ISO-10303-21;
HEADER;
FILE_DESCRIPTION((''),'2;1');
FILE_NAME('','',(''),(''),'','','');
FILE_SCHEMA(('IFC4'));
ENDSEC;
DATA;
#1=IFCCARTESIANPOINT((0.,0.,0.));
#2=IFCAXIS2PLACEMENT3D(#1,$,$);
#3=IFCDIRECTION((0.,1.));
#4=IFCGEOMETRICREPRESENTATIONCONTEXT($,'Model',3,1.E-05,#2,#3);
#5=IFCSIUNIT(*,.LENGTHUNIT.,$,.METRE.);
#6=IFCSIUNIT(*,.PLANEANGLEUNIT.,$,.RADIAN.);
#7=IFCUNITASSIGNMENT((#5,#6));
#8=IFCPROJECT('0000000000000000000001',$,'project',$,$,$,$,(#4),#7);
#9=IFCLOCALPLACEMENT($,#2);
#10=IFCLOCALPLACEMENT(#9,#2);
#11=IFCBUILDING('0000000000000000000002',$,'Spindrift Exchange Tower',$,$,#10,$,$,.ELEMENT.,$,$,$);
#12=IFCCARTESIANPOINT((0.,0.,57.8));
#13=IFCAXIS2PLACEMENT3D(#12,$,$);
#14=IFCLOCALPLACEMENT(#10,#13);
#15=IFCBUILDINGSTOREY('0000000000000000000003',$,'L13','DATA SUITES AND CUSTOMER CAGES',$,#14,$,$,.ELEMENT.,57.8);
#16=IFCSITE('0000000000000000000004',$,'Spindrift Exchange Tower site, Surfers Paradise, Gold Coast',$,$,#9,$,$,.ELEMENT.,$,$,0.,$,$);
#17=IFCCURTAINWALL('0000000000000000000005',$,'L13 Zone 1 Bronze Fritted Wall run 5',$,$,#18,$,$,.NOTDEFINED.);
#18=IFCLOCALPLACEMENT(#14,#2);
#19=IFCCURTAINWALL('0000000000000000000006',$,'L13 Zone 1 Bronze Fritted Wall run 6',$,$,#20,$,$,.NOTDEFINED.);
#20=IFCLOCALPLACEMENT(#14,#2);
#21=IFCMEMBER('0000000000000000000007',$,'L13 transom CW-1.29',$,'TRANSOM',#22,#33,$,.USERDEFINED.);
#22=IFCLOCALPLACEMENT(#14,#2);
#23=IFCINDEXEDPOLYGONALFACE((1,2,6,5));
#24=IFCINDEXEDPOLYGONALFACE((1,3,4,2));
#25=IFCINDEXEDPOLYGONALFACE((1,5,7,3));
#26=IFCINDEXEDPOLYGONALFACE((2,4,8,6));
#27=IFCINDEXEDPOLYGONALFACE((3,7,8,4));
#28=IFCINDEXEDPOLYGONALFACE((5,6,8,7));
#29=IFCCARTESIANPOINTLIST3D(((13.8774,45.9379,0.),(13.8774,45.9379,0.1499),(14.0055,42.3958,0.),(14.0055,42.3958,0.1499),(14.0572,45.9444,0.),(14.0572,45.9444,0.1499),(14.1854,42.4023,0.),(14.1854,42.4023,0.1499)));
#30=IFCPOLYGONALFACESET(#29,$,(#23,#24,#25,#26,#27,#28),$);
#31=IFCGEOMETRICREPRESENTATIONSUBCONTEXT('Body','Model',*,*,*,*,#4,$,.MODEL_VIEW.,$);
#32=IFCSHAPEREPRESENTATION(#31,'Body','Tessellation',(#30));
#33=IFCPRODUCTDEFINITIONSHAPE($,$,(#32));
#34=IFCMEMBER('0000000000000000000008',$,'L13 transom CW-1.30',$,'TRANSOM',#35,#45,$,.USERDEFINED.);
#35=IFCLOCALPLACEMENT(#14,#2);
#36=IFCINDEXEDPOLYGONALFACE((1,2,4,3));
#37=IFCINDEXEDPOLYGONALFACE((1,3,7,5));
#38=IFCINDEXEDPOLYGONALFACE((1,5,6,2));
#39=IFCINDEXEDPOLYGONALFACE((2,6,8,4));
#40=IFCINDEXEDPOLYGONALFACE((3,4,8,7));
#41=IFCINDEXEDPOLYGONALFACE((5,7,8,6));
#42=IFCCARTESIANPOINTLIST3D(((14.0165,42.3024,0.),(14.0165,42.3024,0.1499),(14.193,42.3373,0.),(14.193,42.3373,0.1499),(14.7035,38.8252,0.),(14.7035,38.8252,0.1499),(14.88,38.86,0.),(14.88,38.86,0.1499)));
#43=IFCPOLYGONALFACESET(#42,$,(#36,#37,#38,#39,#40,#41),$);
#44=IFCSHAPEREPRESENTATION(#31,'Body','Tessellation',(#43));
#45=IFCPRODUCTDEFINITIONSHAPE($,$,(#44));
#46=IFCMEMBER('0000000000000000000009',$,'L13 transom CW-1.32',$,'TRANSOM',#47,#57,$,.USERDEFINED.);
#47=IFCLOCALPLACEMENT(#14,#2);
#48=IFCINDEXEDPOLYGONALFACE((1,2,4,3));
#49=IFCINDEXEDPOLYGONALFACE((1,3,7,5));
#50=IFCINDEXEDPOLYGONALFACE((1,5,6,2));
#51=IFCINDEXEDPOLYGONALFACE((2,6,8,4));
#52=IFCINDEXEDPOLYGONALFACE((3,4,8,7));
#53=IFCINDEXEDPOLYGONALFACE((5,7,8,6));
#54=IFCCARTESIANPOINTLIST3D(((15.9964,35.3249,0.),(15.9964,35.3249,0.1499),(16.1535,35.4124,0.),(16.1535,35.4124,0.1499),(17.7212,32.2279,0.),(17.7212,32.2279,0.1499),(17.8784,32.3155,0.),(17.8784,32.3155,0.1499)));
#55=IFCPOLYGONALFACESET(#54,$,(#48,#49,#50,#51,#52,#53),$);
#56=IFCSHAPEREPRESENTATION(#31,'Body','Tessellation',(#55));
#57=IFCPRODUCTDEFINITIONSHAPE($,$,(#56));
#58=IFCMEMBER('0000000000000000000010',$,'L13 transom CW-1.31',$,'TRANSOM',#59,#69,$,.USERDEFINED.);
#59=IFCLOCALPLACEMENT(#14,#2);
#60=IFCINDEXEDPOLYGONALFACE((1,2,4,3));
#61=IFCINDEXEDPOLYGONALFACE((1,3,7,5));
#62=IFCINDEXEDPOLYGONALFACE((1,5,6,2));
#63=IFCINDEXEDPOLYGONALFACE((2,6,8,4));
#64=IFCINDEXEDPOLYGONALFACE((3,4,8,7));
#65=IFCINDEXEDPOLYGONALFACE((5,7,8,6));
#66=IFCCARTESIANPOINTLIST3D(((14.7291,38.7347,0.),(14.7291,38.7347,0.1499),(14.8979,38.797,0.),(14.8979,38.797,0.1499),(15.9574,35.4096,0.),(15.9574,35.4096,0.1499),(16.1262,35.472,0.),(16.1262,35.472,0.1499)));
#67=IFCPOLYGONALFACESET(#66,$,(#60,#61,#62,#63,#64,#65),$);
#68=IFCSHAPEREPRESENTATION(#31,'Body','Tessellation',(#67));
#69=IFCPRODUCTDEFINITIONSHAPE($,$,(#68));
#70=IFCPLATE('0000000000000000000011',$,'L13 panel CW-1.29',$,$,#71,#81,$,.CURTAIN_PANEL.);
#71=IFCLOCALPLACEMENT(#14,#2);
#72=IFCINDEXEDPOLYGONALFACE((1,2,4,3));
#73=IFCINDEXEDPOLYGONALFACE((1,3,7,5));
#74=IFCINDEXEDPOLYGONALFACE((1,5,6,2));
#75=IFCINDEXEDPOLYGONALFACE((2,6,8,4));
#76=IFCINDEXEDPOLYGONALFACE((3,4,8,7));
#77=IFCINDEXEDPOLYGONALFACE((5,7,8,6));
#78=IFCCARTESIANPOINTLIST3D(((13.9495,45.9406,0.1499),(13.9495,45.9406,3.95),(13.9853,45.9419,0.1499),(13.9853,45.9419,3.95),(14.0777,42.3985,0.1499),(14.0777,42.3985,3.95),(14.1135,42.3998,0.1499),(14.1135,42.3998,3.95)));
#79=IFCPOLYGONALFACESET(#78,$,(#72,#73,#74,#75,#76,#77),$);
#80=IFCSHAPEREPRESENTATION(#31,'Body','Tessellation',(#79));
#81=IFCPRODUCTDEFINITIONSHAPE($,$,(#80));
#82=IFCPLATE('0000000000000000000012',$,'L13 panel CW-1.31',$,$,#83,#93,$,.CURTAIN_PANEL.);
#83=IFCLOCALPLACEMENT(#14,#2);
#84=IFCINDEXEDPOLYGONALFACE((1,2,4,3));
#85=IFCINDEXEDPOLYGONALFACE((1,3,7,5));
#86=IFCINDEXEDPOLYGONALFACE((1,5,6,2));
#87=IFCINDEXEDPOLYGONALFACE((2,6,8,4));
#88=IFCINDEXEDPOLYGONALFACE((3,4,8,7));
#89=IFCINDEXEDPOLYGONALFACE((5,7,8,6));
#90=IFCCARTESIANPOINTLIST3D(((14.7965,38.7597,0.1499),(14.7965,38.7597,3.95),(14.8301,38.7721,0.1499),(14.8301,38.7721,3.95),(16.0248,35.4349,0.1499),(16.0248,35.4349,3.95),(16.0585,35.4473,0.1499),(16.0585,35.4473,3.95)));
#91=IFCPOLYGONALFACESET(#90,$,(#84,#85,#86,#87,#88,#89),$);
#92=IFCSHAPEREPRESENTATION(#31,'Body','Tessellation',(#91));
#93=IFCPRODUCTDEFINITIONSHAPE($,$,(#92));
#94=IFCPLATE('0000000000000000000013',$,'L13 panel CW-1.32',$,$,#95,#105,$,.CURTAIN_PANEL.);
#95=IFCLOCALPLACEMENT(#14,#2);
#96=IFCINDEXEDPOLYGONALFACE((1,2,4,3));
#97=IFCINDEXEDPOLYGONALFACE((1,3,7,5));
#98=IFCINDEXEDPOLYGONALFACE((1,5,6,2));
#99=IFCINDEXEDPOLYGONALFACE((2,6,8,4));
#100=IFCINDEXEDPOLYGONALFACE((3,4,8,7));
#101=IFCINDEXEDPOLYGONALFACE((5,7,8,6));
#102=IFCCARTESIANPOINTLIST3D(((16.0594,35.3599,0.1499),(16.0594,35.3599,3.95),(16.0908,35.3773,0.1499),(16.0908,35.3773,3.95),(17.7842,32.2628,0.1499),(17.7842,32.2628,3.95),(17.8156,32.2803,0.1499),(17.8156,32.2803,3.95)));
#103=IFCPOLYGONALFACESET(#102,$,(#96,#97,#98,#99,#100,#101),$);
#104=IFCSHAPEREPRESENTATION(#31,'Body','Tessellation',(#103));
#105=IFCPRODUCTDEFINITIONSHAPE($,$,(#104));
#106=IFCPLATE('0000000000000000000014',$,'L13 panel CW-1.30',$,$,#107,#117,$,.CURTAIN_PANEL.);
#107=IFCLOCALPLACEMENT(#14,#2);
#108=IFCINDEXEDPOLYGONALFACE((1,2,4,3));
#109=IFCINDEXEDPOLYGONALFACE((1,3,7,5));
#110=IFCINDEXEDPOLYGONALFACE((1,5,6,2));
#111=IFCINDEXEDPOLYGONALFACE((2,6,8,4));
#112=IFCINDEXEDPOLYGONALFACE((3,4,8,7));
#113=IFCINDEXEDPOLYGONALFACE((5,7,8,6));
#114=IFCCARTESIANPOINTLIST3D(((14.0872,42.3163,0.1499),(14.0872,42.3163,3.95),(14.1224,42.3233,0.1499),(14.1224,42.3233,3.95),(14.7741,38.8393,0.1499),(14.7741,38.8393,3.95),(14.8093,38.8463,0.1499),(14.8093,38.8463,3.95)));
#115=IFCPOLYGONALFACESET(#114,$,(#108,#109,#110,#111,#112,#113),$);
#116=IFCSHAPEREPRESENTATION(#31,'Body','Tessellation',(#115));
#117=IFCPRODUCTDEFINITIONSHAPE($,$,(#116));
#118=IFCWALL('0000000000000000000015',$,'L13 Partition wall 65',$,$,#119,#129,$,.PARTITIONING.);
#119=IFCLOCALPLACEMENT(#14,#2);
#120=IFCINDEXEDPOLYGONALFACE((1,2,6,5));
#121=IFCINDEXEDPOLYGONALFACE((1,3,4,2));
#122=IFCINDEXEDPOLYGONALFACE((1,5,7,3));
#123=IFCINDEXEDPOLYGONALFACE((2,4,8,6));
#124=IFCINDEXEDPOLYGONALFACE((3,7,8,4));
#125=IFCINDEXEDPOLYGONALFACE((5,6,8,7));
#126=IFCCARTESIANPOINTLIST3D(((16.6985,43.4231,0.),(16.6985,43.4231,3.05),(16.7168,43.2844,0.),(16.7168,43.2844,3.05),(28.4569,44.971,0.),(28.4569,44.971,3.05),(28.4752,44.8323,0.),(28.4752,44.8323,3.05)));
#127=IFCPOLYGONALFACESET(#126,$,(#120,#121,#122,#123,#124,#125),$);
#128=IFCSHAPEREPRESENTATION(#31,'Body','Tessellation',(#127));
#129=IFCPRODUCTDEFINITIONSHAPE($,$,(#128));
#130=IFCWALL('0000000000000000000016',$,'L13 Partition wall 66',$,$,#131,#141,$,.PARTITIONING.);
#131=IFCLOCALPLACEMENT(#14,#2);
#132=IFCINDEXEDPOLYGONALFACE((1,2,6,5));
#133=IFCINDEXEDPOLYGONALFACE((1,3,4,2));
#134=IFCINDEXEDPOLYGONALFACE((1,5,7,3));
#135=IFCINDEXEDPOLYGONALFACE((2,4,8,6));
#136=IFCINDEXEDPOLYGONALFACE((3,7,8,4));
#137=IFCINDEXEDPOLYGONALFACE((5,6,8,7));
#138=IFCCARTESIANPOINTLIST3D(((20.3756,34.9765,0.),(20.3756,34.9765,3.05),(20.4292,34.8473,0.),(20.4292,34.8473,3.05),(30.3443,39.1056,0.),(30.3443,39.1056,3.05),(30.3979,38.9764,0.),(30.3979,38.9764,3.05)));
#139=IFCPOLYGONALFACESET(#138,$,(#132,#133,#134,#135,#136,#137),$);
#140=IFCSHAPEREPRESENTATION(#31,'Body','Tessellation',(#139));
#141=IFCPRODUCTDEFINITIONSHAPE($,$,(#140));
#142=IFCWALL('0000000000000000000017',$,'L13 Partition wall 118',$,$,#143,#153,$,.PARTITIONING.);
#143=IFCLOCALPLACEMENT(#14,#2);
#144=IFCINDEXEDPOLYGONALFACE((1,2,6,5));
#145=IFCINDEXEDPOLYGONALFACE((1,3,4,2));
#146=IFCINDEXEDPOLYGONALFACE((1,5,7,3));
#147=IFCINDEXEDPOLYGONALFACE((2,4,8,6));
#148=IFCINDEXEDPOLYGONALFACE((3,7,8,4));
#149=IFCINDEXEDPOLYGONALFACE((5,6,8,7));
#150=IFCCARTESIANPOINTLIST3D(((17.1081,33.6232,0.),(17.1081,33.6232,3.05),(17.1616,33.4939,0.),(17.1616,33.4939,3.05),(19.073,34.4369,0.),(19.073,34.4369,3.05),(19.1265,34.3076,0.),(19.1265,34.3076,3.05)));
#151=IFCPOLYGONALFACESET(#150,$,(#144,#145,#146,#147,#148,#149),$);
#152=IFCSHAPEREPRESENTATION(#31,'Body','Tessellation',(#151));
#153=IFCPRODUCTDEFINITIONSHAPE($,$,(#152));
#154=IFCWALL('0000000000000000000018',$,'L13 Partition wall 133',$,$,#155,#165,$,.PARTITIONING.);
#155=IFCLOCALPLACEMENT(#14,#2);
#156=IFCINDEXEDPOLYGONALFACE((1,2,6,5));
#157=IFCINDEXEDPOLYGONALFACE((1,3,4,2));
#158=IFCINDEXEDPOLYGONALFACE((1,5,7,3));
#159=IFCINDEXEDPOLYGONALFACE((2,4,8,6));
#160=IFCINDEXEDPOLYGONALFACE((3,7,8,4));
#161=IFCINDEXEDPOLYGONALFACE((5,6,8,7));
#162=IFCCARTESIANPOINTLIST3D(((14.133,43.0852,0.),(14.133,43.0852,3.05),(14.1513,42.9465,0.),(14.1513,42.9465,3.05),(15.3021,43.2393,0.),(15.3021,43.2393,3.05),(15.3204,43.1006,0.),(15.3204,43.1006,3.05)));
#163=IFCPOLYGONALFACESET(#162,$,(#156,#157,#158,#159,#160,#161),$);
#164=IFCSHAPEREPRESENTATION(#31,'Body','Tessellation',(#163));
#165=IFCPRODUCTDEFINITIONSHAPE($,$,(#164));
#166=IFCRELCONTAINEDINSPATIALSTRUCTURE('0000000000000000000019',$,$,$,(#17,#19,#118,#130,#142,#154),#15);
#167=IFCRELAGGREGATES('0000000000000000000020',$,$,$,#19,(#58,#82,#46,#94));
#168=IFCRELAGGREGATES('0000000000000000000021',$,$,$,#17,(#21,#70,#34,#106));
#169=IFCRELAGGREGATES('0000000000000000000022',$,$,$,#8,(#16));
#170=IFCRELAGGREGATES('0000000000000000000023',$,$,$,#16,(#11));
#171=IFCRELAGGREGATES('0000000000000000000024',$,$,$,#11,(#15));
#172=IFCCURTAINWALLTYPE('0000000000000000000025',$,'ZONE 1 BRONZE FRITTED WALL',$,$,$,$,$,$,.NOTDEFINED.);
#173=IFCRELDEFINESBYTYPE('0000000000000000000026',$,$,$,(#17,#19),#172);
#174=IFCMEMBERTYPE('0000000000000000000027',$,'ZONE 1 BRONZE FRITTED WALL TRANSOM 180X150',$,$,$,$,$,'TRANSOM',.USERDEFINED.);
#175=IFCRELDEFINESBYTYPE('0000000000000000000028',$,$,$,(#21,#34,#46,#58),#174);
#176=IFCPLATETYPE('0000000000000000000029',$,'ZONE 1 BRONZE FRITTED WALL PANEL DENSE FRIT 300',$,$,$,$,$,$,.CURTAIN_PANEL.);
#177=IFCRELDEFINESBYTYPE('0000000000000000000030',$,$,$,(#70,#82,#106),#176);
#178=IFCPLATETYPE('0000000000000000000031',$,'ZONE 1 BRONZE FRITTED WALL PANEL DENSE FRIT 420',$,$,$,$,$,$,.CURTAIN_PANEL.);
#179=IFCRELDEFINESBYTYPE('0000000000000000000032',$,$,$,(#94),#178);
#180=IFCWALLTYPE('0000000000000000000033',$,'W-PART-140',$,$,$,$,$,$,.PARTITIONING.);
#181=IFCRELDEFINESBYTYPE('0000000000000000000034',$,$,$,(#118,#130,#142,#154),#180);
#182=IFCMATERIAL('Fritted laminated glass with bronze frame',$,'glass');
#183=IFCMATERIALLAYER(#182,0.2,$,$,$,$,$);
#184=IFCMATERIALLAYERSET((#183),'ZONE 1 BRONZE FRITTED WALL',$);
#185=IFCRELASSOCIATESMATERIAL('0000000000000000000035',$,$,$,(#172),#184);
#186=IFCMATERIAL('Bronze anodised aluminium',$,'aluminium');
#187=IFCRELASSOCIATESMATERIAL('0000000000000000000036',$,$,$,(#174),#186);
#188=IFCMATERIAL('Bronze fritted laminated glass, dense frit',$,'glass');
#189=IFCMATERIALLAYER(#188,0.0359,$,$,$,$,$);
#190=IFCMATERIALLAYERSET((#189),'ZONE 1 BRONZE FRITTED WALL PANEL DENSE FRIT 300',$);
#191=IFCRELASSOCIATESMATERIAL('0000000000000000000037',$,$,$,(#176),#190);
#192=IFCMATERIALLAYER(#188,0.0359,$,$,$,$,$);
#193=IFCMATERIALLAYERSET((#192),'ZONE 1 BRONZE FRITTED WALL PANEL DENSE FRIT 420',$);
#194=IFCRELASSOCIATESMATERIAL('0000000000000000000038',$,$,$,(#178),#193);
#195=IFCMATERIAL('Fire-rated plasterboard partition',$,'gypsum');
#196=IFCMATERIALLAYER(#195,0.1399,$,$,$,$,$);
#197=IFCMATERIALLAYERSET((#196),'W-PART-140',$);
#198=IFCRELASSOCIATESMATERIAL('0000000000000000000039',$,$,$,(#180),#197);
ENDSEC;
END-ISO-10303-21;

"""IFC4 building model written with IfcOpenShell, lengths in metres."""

from ifc_helpers import new_model, si_unit, direction, frame, frame_2d, origin, origin_2d, place, context, subcontext, project, spatial, rectangle, extrude, source, transform, mapped, material, layer, layer_set, material_profile, profile_set, type_object, element, aggregate, save


model = new_model("IFC4")

# Units and contexts
model_context = context("Model", 3, precision=1e-05, world=origin(), true_north=direction((0.0, 1.0)))
body_context = subcontext(model_context, "Body", "Model", "MODEL_VIEW")
ifc_project = project(units=[si_unit("LENGTHUNIT", "METRE"), si_unit("PLANEANGLEUNIT", "RADIAN")], contexts=[model_context])

# Site, building, storey
site_placement = place(None, origin())
site = spatial("IfcSite", under=ifc_project, at=site_placement, Name="Spindrift Exchange Tower site, Surfers Paradise, Gold Coast", CompositionType="ELEMENT", RefElevation=0.0)
building_placement = place(site_placement, origin())
building = spatial("IfcBuilding", under=site, at=building_placement, Name="Spindrift Exchange Tower", CompositionType="ELEMENT")
storey_placement = place(building_placement, frame((0.0, 0.0, 57.8)))
storey = spatial("IfcBuildingStorey", under=building, at=storey_placement, Name="L13", Description="DATA SUITES AND CUSTOMER CAGES", CompositionType="ELEMENT", Elevation=57.8)

# Curtain wall
ifc_material_1 = material(Name="Fritted laminated glass with bronze frame", Category="glass")
ifc_layer_1 = layer(ifc_material_1, 0.2)
ifc_layer_set_1 = layer_set([ifc_layer_1], Name="ZONE 1 BRONZE FRITTED WALL")
curtain_wall_type = type_object("IfcCurtainWallType", Name="ZONE 1 BRONZE FRITTED WALL", PredefinedType="NOTDEFINED", material=ifc_layer_set_1)
curtain_wall_1_placement = place(storey_placement, origin())
curtain_wall_1 = element("IfcCurtainWall", 1, at=curtain_wall_1_placement, inside=storey, type_object=curtain_wall_type, Name="L13 Zone 1 Bronze Fritted Wall run 5", PredefinedType="NOTDEFINED")
ifc_material_2 = material(Name="Bronze anodised aluminium", Category="aluminium")

# Curtain wall
curtain_wall_2_placement = place(storey_placement, origin())
curtain_wall_2 = element("IfcCurtainWall", 2, at=curtain_wall_2_placement, inside=storey, type_object=curtain_wall_type, Name="L13 Zone 1 Bronze Fritted Wall run 6", PredefinedType="NOTDEFINED")

# Members
ifc_material_profile_1 = material_profile(ifc_material_2, rectangle(XDim=0.1799, YDim=0.1499, at=origin_2d()), Name="ZONE 1 BRONZE FRITTED WALL TRANSOM 180X150")
ifc_profile_set_1 = profile_set([ifc_material_profile_1], Name="Bronze anodised aluminium")
member_type_1 = type_object("IfcMemberType", Name="ZONE 1 BRONZE FRITTED WALL TRANSOM 180X150", ElementType="TRANSOM", PredefinedType="USERDEFINED", material=ifc_profile_set_1)
shared_shape_1 = source(origin(), body_context, "Body", "SweptSolid", [
    extrude(rectangle(XDim=0.1799, YDim=0.1499, at=origin_2d()), origin(), (0.0, 0.0, 1.0), 3.5444),
])
member_1_placement = place(storey_placement, frame((13.9673, 45.9412, 0.075), z_axis=(0.036161, -0.999346, 0.0), x_axis=(0.999346, 0.036161, 0.0)))
member_1 = element("IfcMember", 3, at=member_1_placement, type_object=member_type_1, Name="L13 transom CW-1.29", ObjectType="TRANSOM", PredefinedType="USERDEFINED", context=body_context, shape_type="MappedRepresentation", body=[
    mapped(shared_shape_1, transform((0.0, 0.0, 0.0), scale=1.0)),
])
member_2_placement = place(storey_placement, frame((14.1047, 42.3198, 0.075), z_axis=(0.193824, -0.981036, 0.0), x_axis=(0.981036, 0.193824, 0.0)))
member_2 = element("IfcMember", 4, at=member_2_placement, type_object=member_type_1, Name="L13 transom CW-1.30", ObjectType="TRANSOM", PredefinedType="USERDEFINED", context=body_context, shape_type="MappedRepresentation", body=[
    mapped(shared_shape_1, transform((0.0, 0.0, 0.0), scale=1.0)),
])
shared_shape_2 = source(origin(), body_context, "Body", "SweptSolid", [
    extrude(rectangle(XDim=0.1799, YDim=0.1499, at=origin_2d()), origin(), (0.0, 0.0, 1.0), 3.5449),
])
member_3_placement = place(storey_placement, frame((16.075, 35.3687, 0.075), z_axis=(0.486578, -0.873637, 0.0), x_axis=(0.873637, 0.486578, 0.0)))
member_3 = element("IfcMember", 5, at=member_3_placement, type_object=member_type_1, Name="L13 transom CW-1.32", ObjectType="TRANSOM", PredefinedType="USERDEFINED", context=body_context, shape_type="MappedRepresentation", body=[
    mapped(shared_shape_2, transform((0.0, 0.0, 0.0), scale=1.0)),
])
shared_shape_3 = source(origin(), body_context, "Body", "SweptSolid", [
    extrude(rectangle(XDim=0.1799, YDim=0.1499, at=origin_2d()), origin(), (0.0, 0.0, 1.0), 3.5447),
])
member_4_placement = place(storey_placement, frame((14.8135, 38.7659, 0.075), z_axis=(0.346522, -0.938042, 0.0), x_axis=(0.938042, 0.346522, 0.0)))
member_4 = element("IfcMember", 6, at=member_4_placement, type_object=member_type_1, Name="L13 transom CW-1.31", ObjectType="TRANSOM", PredefinedType="USERDEFINED", context=body_context, shape_type="MappedRepresentation", body=[
    mapped(shared_shape_3, transform((0.0, 0.0, 0.0), scale=1.0)),
])

# Plates
ifc_material_3 = material(Name="Bronze fritted laminated glass, dense frit", Category="glass")
ifc_layer_2 = layer(ifc_material_3, 0.0359)
ifc_layer_set_2 = layer_set([ifc_layer_2], Name="ZONE 1 BRONZE FRITTED WALL PANEL DENSE FRIT 300")
plate_type_1 = type_object("IfcPlateType", Name="ZONE 1 BRONZE FRITTED WALL PANEL DENSE FRIT 300", PredefinedType="CURTAIN_PANEL", material=ifc_layer_set_2)
shared_shape_4 = source(origin(), body_context, "Body", "SweptSolid", [
    extrude(rectangle(XDim=3.5444, YDim=0.0359, at=origin_2d()), origin(), (0.0, 0.0, 1.0), 3.8),
])
plate_1_placement = place(storey_placement, frame((14.0315, 44.1702, 0.1499), z_axis=(0.0, 0.0, 1.0), x_axis=(0.036171, -0.999346, 0.0)))
plate_1 = element("IfcPlate", 7, at=plate_1_placement, type_object=plate_type_1, Name="L13 panel CW-1.29", PredefinedType="CURTAIN_PANEL", context=body_context, shape_type="MappedRepresentation", body=[
    mapped(shared_shape_4, transform((0.0, 0.0, 0.0), scale=1.0)),
])
plate_2_placement = place(storey_placement, frame((15.4275, 37.1035, 0.1499), z_axis=(0.0, 0.0, 1.0), x_axis=(0.346557, -0.938029, 0.0)))
plate_2 = element("IfcPlate", 8, at=plate_2_placement, type_object=plate_type_1, Name="L13 panel CW-1.31", PredefinedType="CURTAIN_PANEL", context=body_context, shape_type="MappedRepresentation", body=[
    mapped(shared_shape_4, transform((0.0, 0.0, 0.0), scale=1.0)),
])
ifc_layer_3 = layer(ifc_material_3, 0.0359)
ifc_layer_set_3 = layer_set([ifc_layer_3], Name="ZONE 1 BRONZE FRITTED WALL PANEL DENSE FRIT 420")
plate_type_2 = type_object("IfcPlateType", Name="ZONE 1 BRONZE FRITTED WALL PANEL DENSE FRIT 420", PredefinedType="CURTAIN_PANEL", material=ifc_layer_set_3)
shared_shape_5 = source(origin(), body_context, "Body", "SweptSolid", [
    extrude(rectangle(XDim=3.5449, YDim=0.0359, at=origin_2d()), origin(), (0.0, 0.0, 1.0), 3.8),
])
plate_3_placement = place(storey_placement, frame((16.9375, 33.8201, 0.1499), z_axis=(0.0, 0.0, 1.0), x_axis=(0.486543, -0.873657, 0.0)))
plate_3 = element("IfcPlate", 9, at=plate_3_placement, type_object=plate_type_2, Name="L13 panel CW-1.32", PredefinedType="CURTAIN_PANEL", context=body_context, shape_type="MappedRepresentation", body=[
    mapped(shared_shape_5, transform((0.0, 0.0, 0.0), scale=1.0)),
])
aggregate(curtain_wall_2, [member_4, plate_2, member_3, plate_3])
shared_shape_6 = source(origin(), body_context, "Body", "SweptSolid", [
    extrude(rectangle(XDim=3.5442, YDim=0.0359, at=origin_2d()), origin(), (0.0, 0.0, 1.0), 3.8),
])
plate_4_placement = place(storey_placement, frame((14.4482, 40.5813, 0.1499), z_axis=(0.0, 0.0, 1.0), x_axis=(0.193829, -0.981035, 0.0)))
plate_4 = element("IfcPlate", 10, at=plate_4_placement, type_object=plate_type_1, Name="L13 panel CW-1.30", PredefinedType="CURTAIN_PANEL", context=body_context, shape_type="MappedRepresentation", body=[
    mapped(shared_shape_6, transform((0.0, 0.0, 0.0), scale=1.0)),
])
aggregate(curtain_wall_1, [member_1, plate_1, member_2, plate_4])

# Walls
ifc_material_4 = material(Name="Fire-rated plasterboard partition", Category="gypsum")
ifc_layer_4 = layer(ifc_material_4, 0.1399)
ifc_layer_set_4 = layer_set([ifc_layer_4], Name="W-PART-140")
wall_type_1 = type_object("IfcWallType", Name="W-PART-140", PredefinedType="PARTITIONING", material=ifc_layer_set_4)
wall_1_placement = place(storey_placement, frame((28.4661, 44.9016, 0.0), z_axis=(0.0, 0.0, 1.0), x_axis=(-0.991447, -0.130513, 0.0)))
element("IfcWall", 11, at=wall_1_placement, inside=storey, type_object=wall_type_1, Name="L13 Partition wall 65", PredefinedType="PARTITIONING", context=body_context, shape_type="SweptSolid", body=[
    extrude(rectangle(XDim=11.8599, YDim=0.1399, at=frame_2d((5.9299, 0.0))), origin(), (0.0, 0.0, 1.0), 3.05),
])
wall_2_placement = place(storey_placement, frame((30.3711, 39.041, 0.0), z_axis=(0.0, 0.0, 1.0), x_axis=(-0.923881, -0.38268, 0.0)))
element("IfcWall", 12, at=wall_2_placement, inside=storey, type_object=wall_type_1, Name="L13 Partition wall 66", PredefinedType="PARTITIONING", context=body_context, shape_type="SweptSolid", body=[
    extrude(rectangle(XDim=10.79, YDim=0.1399, at=frame_2d((5.395, 0.0))), origin(), (0.0, 0.0, 1.0), 3.05),
])
wall_3_placement = place(storey_placement, frame((19.0999, 34.3723, 0.0), z_axis=(0.0, 0.0, 1.0), x_axis=(-0.923904, -0.382626, 0.0)))
element("IfcWall", 13, at=wall_3_placement, inside=storey, type_object=wall_type_1, Name="L13 Partition wall 118", PredefinedType="PARTITIONING", context=body_context, shape_type="SweptSolid", body=[
    extrude(rectangle(XDim=2.1267, YDim=0.1399, at=frame_2d((1.0635, 0.0))), origin(), (0.0, 0.0, 1.0), 3.05),
])
wall_4_placement = place(storey_placement, frame((15.3113, 43.1699, 0.0), z_axis=(0.0, 0.0, 1.0), x_axis=(-0.991431, -0.130631, 0.0)))
element("IfcWall", 14, at=wall_4_placement, inside=storey, type_object=wall_type_1, Name="L13 Partition wall 133", PredefinedType="PARTITIONING", context=body_context, shape_type="SweptSolid", body=[
    extrude(rectangle(XDim=1.1792, YDim=0.1399, at=frame_2d((0.5896, 0.0))), origin(), (0.0, 0.0, 1.0), 3.05),
])

save(model, "model.ifc")
